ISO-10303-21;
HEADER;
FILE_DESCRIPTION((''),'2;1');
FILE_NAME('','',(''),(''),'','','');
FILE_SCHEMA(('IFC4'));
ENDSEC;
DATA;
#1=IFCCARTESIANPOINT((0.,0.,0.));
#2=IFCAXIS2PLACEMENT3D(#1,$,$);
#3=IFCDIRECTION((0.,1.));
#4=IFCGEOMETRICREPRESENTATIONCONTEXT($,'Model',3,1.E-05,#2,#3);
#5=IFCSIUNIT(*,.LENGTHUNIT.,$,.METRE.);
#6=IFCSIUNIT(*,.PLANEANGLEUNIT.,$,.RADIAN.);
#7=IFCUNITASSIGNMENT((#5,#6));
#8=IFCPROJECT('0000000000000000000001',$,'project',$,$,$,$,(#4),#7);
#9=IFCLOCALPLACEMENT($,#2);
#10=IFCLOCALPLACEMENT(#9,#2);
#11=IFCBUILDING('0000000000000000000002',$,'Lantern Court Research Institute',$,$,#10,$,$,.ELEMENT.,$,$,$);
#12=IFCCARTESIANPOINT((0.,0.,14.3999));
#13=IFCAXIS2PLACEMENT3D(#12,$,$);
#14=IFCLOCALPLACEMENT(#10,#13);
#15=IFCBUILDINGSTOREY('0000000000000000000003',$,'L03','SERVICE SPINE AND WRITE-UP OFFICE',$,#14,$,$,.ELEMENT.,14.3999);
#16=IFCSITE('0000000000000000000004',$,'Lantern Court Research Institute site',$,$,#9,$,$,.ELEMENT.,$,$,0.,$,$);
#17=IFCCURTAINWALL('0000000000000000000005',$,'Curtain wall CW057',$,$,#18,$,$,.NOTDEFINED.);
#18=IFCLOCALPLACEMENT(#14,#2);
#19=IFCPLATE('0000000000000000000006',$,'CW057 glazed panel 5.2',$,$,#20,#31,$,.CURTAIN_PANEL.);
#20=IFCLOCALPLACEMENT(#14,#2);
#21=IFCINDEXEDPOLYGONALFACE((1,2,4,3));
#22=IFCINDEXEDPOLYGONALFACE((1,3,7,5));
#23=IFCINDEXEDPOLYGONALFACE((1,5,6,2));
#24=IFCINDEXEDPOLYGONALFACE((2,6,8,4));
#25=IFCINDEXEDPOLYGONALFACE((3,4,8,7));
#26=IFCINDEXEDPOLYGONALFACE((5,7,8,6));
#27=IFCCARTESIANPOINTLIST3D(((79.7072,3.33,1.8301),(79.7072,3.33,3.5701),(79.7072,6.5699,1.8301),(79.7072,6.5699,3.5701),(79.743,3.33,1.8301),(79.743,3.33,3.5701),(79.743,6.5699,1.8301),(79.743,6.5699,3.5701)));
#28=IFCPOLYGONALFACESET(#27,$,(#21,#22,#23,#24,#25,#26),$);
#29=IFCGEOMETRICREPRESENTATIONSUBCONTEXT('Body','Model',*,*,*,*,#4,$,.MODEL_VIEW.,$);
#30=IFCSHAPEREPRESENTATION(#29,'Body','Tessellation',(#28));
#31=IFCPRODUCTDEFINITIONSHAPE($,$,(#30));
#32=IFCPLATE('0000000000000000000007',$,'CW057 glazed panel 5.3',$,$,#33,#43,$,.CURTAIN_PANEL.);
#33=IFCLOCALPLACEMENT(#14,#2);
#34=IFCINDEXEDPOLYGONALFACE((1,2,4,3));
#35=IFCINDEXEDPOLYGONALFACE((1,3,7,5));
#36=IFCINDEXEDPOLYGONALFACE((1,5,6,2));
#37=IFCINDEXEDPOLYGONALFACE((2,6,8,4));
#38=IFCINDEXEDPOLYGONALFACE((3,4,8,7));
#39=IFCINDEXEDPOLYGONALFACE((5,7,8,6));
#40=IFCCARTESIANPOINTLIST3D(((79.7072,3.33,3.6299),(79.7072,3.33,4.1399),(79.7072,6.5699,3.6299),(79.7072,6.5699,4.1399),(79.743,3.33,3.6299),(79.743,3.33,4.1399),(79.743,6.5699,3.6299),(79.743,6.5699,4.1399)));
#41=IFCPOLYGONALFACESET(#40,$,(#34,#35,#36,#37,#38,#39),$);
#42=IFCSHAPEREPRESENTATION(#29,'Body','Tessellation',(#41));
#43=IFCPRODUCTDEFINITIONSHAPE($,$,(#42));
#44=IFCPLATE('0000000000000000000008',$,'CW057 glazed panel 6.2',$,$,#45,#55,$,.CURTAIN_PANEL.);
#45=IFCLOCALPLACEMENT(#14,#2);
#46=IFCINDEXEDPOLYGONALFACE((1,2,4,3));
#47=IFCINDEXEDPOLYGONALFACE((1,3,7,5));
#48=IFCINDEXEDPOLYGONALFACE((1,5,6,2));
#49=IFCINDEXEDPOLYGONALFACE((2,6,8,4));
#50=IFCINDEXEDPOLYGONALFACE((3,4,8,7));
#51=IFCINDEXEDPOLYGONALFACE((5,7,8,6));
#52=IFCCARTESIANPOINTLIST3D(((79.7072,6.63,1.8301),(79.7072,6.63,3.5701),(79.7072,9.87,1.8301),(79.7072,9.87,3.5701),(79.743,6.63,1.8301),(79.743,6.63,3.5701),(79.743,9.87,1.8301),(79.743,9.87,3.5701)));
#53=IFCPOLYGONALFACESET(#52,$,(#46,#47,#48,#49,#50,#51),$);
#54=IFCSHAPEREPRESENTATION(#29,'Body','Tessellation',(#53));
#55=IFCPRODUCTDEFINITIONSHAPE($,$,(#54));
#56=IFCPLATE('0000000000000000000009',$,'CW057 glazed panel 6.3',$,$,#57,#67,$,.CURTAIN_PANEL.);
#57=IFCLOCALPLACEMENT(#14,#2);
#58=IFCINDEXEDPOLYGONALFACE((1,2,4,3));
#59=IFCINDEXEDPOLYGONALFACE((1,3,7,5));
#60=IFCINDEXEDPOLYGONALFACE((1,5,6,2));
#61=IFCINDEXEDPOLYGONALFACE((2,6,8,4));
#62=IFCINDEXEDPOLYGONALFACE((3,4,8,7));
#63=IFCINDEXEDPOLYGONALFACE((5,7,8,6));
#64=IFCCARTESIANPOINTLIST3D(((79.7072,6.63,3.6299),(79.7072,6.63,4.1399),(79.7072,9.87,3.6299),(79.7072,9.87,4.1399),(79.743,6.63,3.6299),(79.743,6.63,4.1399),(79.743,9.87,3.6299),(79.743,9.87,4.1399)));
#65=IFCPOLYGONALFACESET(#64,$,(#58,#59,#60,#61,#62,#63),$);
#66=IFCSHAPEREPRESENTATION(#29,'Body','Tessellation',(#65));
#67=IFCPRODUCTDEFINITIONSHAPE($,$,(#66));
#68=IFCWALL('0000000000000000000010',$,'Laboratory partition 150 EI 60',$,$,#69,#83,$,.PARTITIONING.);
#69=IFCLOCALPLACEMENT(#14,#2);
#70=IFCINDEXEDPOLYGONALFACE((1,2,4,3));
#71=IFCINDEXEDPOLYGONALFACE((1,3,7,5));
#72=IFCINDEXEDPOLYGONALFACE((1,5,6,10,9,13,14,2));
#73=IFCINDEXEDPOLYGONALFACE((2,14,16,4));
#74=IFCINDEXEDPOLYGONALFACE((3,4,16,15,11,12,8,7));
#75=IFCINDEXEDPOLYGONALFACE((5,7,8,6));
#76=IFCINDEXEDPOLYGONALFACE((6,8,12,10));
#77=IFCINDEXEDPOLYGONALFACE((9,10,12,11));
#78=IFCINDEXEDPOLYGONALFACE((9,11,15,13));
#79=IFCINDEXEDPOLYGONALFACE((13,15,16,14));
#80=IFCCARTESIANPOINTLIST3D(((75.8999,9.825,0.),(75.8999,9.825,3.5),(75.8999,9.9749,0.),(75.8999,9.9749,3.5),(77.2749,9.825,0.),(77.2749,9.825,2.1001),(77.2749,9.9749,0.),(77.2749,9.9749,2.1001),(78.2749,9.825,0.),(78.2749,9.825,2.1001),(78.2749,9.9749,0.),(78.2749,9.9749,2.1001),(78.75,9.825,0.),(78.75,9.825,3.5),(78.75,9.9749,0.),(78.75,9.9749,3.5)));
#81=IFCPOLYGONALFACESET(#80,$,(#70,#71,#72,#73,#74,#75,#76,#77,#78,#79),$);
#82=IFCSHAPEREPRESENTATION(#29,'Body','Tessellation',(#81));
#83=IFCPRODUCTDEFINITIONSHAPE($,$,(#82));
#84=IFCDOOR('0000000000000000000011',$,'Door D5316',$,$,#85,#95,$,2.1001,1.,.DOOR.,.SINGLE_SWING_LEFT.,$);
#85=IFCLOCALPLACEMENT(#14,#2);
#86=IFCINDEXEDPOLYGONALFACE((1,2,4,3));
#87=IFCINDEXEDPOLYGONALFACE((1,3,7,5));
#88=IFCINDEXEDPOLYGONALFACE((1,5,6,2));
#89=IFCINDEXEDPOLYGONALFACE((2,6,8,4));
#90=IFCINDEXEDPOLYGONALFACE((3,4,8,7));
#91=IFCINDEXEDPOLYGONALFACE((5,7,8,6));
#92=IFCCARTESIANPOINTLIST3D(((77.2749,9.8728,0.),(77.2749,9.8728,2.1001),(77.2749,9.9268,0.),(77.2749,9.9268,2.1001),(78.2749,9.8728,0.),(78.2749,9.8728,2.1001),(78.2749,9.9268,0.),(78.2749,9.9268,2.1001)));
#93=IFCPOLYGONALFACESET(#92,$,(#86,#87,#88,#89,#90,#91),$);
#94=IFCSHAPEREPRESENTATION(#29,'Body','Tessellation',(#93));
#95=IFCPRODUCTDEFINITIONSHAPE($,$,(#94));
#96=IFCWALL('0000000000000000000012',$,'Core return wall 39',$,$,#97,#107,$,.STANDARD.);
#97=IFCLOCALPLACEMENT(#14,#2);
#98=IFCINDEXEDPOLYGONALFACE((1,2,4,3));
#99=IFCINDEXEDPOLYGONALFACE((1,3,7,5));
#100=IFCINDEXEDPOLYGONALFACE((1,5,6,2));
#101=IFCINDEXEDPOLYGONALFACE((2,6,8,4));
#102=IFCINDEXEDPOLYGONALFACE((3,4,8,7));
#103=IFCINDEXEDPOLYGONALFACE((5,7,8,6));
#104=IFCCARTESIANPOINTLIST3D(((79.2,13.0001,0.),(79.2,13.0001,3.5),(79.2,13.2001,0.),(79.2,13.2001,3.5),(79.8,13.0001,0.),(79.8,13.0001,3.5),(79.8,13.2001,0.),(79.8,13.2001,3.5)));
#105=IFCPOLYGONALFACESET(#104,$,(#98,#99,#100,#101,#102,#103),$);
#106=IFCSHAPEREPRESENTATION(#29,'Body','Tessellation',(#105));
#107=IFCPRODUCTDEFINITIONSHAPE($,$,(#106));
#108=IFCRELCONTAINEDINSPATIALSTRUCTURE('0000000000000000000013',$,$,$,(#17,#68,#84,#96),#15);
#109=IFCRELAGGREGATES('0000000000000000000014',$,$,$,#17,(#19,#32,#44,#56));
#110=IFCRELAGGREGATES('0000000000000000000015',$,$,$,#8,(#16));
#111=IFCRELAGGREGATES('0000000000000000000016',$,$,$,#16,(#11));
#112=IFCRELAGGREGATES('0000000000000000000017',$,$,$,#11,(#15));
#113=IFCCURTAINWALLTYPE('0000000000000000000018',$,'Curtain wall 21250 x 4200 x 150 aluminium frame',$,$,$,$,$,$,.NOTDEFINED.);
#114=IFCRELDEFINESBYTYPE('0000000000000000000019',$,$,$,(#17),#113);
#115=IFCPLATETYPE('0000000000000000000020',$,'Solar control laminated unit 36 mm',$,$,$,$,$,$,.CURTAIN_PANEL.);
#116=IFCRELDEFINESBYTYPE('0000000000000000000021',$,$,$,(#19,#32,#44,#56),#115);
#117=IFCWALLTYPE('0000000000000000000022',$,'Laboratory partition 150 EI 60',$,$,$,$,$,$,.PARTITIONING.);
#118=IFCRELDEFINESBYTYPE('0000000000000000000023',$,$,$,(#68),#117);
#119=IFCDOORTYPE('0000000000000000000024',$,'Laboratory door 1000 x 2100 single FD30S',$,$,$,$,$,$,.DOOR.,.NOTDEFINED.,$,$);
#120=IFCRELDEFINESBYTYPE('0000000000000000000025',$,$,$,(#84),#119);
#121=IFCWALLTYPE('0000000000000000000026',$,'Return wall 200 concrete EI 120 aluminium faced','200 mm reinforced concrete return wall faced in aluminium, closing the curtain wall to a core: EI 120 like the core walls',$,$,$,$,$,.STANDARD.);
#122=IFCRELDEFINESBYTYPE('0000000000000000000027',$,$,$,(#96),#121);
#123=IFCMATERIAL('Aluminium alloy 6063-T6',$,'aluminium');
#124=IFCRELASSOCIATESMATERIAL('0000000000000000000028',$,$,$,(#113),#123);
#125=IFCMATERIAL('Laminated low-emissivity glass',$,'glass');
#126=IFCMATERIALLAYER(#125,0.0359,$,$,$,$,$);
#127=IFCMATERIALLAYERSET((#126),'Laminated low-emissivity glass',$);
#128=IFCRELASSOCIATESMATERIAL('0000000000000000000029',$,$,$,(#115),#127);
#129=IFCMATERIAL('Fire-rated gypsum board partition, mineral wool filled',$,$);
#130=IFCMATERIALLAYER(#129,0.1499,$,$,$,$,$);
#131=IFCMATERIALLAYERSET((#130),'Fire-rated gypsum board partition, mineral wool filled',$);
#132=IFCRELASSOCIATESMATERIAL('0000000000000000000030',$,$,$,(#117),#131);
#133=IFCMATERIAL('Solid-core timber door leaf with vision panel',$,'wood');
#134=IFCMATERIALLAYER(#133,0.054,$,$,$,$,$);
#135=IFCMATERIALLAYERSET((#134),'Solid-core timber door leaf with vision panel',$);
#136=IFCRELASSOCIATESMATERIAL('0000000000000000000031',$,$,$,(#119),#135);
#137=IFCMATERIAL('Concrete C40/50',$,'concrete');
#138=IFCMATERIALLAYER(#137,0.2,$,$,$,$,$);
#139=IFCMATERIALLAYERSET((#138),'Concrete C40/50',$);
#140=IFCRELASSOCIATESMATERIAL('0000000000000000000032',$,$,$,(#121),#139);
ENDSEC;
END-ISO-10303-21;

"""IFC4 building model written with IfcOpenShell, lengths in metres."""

from ifc_helpers import new_model, si_unit, direction, frame, frame_2d, origin, origin_2d, place, context, subcontext, project, spatial, rectangle, extrude, material, layer, layer_set, type_object, element, fill, aggregate, save


model = new_model("IFC4")

# Units and contexts
model_context = context("Model", 3, precision=1e-05, world=origin(), true_north=direction((0.0, 1.0)))
body_context = subcontext(model_context, "Body", "Model", "MODEL_VIEW")
ifc_project = project(units=[si_unit("LENGTHUNIT", "METRE"), si_unit("PLANEANGLEUNIT", "RADIAN")], contexts=[model_context])

# Site, building, storey
site_placement = place(None, origin())
site = spatial("IfcSite", under=ifc_project, at=site_placement, Name="Lantern Court Research Institute site", CompositionType="ELEMENT", RefElevation=0.0)
building_placement = place(site_placement, origin())
building = spatial("IfcBuilding", under=site, at=building_placement, Name="Lantern Court Research Institute", CompositionType="ELEMENT")
storey_placement = place(building_placement, frame((0.0, 0.0, 14.3999)))
storey = spatial("IfcBuildingStorey", under=building, at=storey_placement, Name="L03", Description="SERVICE SPINE AND WRITE-UP OFFICE", CompositionType="ELEMENT", Elevation=14.3999)

# Curtain wall
ifc_material_1 = material(Name="Aluminium alloy 6063-T6", Category="aluminium")
curtain_wall_type = type_object("IfcCurtainWallType", Name="Curtain wall 21250 x 4200 x 150 aluminium frame", PredefinedType="NOTDEFINED", material=ifc_material_1)
curtain_wall_placement = place(storey_placement, origin())
curtain_wall = element("IfcCurtainWall", 1, at=curtain_wall_placement, inside=storey, type_object=curtain_wall_type, Name="Curtain wall CW057", PredefinedType="NOTDEFINED")

# Plates
ifc_material_2 = material(Name="Laminated low-emissivity glass", Category="glass")
ifc_layer_1 = layer(ifc_material_2, 0.0359)
ifc_layer_set_1 = layer_set([ifc_layer_1], Name="Laminated low-emissivity glass")
plate_type_1 = type_object("IfcPlateType", Name="Solar control laminated unit 36 mm", PredefinedType="CURTAIN_PANEL", material=ifc_layer_set_1)
plate_1_placement = place(storey_placement, frame((79.7251, 4.95, 1.8301), z_axis=(0.0, 0.0, 1.0), x_axis=(0.0, -1.0, 0.0)))
plate_1 = element("IfcPlate", 2, at=plate_1_placement, type_object=plate_type_1, Name="CW057 glazed panel 5.2", PredefinedType="CURTAIN_PANEL", context=body_context, shape_type="SweptSolid", body=[
    extrude(rectangle(XDim=3.24, YDim=0.0359, at=origin_2d()), origin(), (0.0, 0.0, 1.0), 1.74),
])
plate_2_placement = place(storey_placement, frame((79.7251, 4.95, 3.6299), z_axis=(0.0, 0.0, 1.0), x_axis=(0.0, -1.0, 0.0)))
plate_2 = element("IfcPlate", 3, at=plate_2_placement, type_object=plate_type_1, Name="CW057 glazed panel 5.3", PredefinedType="CURTAIN_PANEL", context=body_context, shape_type="SweptSolid", body=[
    extrude(rectangle(XDim=3.24, YDim=0.0359, at=origin_2d()), origin(), (0.0, 0.0, 1.0), 0.51),
])
plate_3_placement = place(storey_placement, frame((79.7251, 8.25, 1.8301), z_axis=(0.0, 0.0, 1.0), x_axis=(0.0, -1.0, 0.0)))
plate_3 = element("IfcPlate", 4, at=plate_3_placement, type_object=plate_type_1, Name="CW057 glazed panel 6.2", PredefinedType="CURTAIN_PANEL", context=body_context, shape_type="SweptSolid", body=[
    extrude(rectangle(XDim=3.24, YDim=0.0359, at=origin_2d()), origin(), (0.0, 0.0, 1.0), 1.74),
])
plate_4_placement = place(storey_placement, frame((79.7251, 8.25, 3.6299), z_axis=(0.0, 0.0, 1.0), x_axis=(0.0, -1.0, 0.0)))
plate_4 = element("IfcPlate", 5, at=plate_4_placement, type_object=plate_type_1, Name="CW057 glazed panel 6.3", PredefinedType="CURTAIN_PANEL", context=body_context, shape_type="SweptSolid", body=[
    extrude(rectangle(XDim=3.24, YDim=0.0359, at=origin_2d()), origin(), (0.0, 0.0, 1.0), 0.51),
])
aggregate(curtain_wall, [plate_1, plate_2, plate_3, plate_4])

# Wall, opening, door
ifc_material_3 = material(Name="Fire-rated gypsum board partition, mineral wool filled")
ifc_layer_2 = layer(ifc_material_3, 0.1499)
ifc_layer_set_2 = layer_set([ifc_layer_2], Name="Fire-rated gypsum board partition, mineral wool filled")
wall_type_1 = type_object("IfcWallType", Name="Laboratory partition 150 EI 60", PredefinedType="PARTITIONING", material=ifc_layer_set_2)
wall_1_placement = place(storey_placement, frame((75.8999, 9.8999, 0.0), z_axis=(0.0, 0.0, 1.0), x_axis=(1.0, 0.0, 0.0)))
wall_1 = element("IfcWall", 6, at=wall_1_placement, inside=storey, type_object=wall_type_1, Name="Laboratory partition 150 EI 60", PredefinedType="PARTITIONING", context=body_context, shape_type="SweptSolid", body=[
    extrude(rectangle(XDim=2.8501, YDim=0.1499, at=frame_2d((1.425, 0.0))), origin(), (0.0, 0.0, 1.0), 3.5),
])
opening_placement = place(wall_1_placement, frame((1.375, 0.0, 0.0)))
opening = element("IfcOpeningElement", 7, at=opening_placement, cuts=wall_1, PredefinedType="OPENING", context=body_context, shape_type="SweptSolid", body=[
    extrude(rectangle(XDim=1.0, YDim=2.1001, at=frame_2d((0.5, 1.05))), frame((0.0, 0.085, 0.0), z_axis=(0.0, -1.0, 0.0), x_axis=(1.0, 0.0, 0.0)), (0.0, 0.0, 1.0), 0.1699),
])
ifc_material_4 = material(Name="Solid-core timber door leaf with vision panel", Category="wood")
ifc_layer_3 = layer(ifc_material_4, 0.054)
ifc_layer_set_3 = layer_set([ifc_layer_3], Name="Solid-core timber door leaf with vision panel")
door_type = type_object("IfcDoorType", Name="Laboratory door 1000 x 2100 single FD30S", OperationType="NOTDEFINED", PredefinedType="DOOR", material=ifc_layer_set_3)
door_placement = place(opening_placement, origin())
door = element("IfcDoor", 8, at=door_placement, inside=storey, type_object=door_type, Name="Door D5316", OperationType="SINGLE_SWING_LEFT", OverallHeight=2.1001, OverallWidth=1.0, PredefinedType="DOOR", context=body_context, shape_type="SweptSolid", body=[
    extrude(rectangle(XDim=1.0, YDim=2.1001, at=frame_2d((0.5, 1.05))), frame((0.0, 0.0269, 0.0), z_axis=(0.0, -1.0, 0.0), x_axis=(1.0, 0.0, 0.0)), (0.0, 0.0, 1.0), 0.054),
])
fill(opening, door)

# Wall
ifc_material_5 = material(Name="Concrete C40/50", Category="concrete")
ifc_layer_4 = layer(ifc_material_5, 0.2)
ifc_layer_set_4 = layer_set([ifc_layer_4], Name="Concrete C40/50")
wall_type_2 = type_object("IfcWallType", Name="Return wall 200 concrete EI 120 aluminium faced", Description="200 mm reinforced concrete return wall faced in aluminium, closing the curtain wall to a core: EI 120 like the core walls", PredefinedType="STANDARD", material=ifc_layer_set_4)
wall_2_placement = place(storey_placement, frame((79.2, 13.1001, 0.0), z_axis=(0.0, 0.0, 1.0), x_axis=(1.0, 0.0, 0.0)))
element("IfcWall", 9, at=wall_2_placement, inside=storey, type_object=wall_type_2, Name="Core return wall 39", PredefinedType="STANDARD", context=body_context, shape_type="SweptSolid", body=[
    extrude(rectangle(XDim=0.6001, YDim=0.2, at=frame_2d((0.3, 0.0))), origin(), (0.0, 0.0, 1.0), 3.5),
])

save(model, "model.ifc")
